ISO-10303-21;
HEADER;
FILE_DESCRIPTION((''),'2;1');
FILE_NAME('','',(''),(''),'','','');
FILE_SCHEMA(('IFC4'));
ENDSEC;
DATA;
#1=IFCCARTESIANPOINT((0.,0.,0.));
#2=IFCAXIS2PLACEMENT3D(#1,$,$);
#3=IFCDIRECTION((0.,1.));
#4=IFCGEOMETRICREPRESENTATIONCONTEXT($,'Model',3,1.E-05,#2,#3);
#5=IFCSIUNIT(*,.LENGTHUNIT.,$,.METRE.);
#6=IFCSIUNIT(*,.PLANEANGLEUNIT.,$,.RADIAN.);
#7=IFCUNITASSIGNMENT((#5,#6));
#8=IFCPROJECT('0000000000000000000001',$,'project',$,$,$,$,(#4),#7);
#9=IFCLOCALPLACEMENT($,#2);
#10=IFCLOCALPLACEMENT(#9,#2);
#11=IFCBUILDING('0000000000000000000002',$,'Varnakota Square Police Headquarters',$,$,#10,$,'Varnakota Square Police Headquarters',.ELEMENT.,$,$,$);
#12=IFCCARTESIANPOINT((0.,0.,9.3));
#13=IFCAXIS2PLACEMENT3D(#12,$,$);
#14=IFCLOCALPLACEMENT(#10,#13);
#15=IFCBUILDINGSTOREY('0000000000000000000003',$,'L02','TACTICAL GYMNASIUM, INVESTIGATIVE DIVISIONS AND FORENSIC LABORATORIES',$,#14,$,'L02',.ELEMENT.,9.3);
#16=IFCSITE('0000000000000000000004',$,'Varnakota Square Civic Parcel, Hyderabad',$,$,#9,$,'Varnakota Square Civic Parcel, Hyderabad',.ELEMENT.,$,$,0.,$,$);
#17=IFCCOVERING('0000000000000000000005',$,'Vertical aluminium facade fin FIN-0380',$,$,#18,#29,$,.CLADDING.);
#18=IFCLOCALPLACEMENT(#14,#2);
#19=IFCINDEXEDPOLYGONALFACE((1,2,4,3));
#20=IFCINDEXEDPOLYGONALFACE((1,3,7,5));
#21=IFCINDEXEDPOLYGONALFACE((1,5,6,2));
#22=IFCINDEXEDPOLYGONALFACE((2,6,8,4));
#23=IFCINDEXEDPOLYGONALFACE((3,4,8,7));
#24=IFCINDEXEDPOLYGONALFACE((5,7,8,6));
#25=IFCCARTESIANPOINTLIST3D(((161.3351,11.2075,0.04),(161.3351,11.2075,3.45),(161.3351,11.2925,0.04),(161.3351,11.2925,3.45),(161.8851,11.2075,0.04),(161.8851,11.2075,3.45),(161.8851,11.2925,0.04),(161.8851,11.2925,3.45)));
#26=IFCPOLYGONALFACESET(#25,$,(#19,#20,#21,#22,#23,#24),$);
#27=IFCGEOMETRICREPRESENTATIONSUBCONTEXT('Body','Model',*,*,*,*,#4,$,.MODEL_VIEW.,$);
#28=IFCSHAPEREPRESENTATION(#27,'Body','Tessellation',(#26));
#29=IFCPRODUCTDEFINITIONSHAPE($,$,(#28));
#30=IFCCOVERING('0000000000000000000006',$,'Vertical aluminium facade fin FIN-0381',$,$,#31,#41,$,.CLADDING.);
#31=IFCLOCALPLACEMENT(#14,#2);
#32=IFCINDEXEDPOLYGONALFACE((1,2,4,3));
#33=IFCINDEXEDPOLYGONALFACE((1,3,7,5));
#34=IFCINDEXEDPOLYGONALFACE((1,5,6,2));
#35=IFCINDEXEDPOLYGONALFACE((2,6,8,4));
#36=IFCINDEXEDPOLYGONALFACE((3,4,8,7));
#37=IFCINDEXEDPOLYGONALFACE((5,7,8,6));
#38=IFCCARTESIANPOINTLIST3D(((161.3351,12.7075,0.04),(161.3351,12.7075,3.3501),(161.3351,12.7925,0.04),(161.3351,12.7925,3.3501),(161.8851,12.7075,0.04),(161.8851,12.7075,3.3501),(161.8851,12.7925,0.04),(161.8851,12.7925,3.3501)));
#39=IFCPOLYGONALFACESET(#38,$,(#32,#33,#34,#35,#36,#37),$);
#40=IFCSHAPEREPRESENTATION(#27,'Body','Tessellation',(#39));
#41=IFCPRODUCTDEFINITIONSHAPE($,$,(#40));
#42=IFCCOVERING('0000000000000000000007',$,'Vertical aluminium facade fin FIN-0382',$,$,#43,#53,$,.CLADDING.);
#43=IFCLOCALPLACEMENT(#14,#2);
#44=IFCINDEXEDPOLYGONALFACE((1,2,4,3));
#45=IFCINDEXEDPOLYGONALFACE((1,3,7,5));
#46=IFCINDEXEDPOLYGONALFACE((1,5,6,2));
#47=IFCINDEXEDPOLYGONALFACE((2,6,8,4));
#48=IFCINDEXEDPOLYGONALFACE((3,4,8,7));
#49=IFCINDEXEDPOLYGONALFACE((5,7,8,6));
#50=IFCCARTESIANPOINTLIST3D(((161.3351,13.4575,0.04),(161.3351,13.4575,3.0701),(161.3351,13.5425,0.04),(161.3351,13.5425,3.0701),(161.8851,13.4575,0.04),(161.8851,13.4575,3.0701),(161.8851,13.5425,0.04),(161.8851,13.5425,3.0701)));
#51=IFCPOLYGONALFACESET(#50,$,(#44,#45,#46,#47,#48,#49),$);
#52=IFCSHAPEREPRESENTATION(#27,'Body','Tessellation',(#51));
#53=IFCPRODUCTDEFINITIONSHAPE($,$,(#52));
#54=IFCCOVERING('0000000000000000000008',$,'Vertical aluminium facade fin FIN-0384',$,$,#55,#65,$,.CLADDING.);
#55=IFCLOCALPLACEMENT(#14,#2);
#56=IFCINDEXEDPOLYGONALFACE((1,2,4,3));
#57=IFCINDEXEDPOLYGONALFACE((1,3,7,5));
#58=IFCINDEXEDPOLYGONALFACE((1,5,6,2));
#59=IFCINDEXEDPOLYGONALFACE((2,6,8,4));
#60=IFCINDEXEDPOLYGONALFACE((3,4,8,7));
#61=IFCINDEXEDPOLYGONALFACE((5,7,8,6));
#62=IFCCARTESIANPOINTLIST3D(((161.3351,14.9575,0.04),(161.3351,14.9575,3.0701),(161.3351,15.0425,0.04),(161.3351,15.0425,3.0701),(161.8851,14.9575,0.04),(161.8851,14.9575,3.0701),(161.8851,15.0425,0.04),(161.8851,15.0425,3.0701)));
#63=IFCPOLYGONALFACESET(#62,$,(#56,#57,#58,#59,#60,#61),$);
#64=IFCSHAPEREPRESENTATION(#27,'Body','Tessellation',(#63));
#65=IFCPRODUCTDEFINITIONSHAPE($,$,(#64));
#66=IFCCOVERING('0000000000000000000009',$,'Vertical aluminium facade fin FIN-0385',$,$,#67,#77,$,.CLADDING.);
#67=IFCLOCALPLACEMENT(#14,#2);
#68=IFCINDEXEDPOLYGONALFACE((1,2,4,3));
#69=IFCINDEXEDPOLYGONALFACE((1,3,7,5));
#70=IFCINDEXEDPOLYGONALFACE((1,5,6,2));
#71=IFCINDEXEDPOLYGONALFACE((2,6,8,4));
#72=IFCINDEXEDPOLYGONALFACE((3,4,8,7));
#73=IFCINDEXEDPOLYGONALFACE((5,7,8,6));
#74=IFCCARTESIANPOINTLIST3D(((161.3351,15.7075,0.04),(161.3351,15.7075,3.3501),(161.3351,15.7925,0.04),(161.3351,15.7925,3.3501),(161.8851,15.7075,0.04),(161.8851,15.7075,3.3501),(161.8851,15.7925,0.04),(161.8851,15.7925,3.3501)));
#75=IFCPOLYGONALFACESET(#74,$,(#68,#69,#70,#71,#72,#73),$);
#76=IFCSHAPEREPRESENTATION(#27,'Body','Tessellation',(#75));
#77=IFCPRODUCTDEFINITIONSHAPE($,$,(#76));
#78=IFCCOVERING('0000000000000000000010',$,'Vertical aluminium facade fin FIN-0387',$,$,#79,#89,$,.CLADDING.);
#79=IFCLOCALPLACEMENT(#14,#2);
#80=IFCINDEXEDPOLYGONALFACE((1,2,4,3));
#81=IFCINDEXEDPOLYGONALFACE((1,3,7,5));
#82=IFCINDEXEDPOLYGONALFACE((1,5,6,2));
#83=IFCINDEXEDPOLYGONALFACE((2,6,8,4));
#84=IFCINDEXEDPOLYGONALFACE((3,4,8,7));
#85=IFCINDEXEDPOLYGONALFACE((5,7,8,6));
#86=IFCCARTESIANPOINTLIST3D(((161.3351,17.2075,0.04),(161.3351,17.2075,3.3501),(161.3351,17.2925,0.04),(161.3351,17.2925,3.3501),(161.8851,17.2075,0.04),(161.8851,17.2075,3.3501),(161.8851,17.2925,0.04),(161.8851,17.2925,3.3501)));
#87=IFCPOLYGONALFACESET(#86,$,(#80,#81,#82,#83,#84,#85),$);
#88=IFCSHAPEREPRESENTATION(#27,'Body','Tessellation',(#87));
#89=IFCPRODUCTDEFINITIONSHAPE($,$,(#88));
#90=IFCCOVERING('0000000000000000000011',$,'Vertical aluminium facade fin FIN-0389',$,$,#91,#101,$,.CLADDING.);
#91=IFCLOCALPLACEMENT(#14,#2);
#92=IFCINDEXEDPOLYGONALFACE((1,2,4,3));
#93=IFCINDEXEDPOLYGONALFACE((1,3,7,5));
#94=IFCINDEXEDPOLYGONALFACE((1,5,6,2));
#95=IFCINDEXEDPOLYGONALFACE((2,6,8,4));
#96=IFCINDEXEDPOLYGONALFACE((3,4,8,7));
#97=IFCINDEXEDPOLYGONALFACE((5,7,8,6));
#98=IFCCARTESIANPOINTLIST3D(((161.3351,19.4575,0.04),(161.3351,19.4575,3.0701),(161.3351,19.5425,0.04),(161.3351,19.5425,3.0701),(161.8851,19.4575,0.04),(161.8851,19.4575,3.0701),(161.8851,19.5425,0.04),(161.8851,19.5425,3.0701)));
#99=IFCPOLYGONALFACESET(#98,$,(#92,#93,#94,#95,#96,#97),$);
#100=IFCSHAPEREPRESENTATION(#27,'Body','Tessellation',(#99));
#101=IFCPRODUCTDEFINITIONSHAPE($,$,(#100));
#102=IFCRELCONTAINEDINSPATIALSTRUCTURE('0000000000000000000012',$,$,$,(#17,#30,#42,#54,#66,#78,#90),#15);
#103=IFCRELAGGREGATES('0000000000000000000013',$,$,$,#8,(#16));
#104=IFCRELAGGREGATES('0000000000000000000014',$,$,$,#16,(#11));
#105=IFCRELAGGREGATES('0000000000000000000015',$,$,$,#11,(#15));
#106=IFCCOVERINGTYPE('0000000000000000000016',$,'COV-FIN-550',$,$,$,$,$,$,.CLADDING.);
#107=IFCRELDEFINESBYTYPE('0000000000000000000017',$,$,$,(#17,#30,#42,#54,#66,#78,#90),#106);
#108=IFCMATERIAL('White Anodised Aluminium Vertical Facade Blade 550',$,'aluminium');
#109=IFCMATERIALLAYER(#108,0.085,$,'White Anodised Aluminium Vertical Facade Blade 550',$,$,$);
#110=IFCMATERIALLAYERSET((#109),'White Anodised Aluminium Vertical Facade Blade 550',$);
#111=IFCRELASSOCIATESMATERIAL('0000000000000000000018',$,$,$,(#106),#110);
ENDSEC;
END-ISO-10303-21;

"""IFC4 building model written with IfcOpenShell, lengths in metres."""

from ifc_helpers import new_model, si_unit, direction, frame, origin, origin_2d, place, context, subcontext, project, spatial, rectangle, extrude, material, layer, layer_set, type_object, element, save


model = new_model("IFC4")

# Units and contexts
model_context = context("Model", 3, precision=1e-05, world=origin(), true_north=direction((0.0, 1.0)))
body_context = subcontext(model_context, "Body", "Model", "MODEL_VIEW")
ifc_project = project(units=[si_unit("LENGTHUNIT", "METRE"), si_unit("PLANEANGLEUNIT", "RADIAN")], contexts=[model_context])

# Site, building, storey
site_placement = place(None, origin())
site = spatial("IfcSite", under=ifc_project, at=site_placement, Name="Varnakota Square Civic Parcel, Hyderabad", LongName="Varnakota Square Civic Parcel, Hyderabad", CompositionType="ELEMENT", RefElevation=0.0)
building_placement = place(site_placement, origin())
building = spatial("IfcBuilding", under=site, at=building_placement, Name="Varnakota Square Police Headquarters", LongName="Varnakota Square Police Headquarters", CompositionType="ELEMENT")
storey_placement = place(building_placement, frame((0.0, 0.0, 9.3)))
storey = spatial("IfcBuildingStorey", under=building, at=storey_placement, Name="L02", Description="TACTICAL GYMNASIUM, INVESTIGATIVE DIVISIONS AND FORENSIC LABORATORIES", LongName="L02", CompositionType="ELEMENT", Elevation=9.3)

# Coverings
ifc_material_1 = material(Name="White Anodised Aluminium Vertical Facade Blade 550", Category="aluminium")
ifc_layer_1 = layer(ifc_material_1, 0.085, Name="White Anodised Aluminium Vertical Facade Blade 550")
ifc_layer_set_1 = layer_set([ifc_layer_1], Name="White Anodised Aluminium Vertical Facade Blade 550")
covering_type_1 = type_object("IfcCoveringType", Name="COV-FIN-550", PredefinedType="CLADDING", material=ifc_layer_set_1)
covering_1_placement = place(storey_placement, frame((161.6101, 11.25, 0.04), z_axis=(0.0, 0.0, 1.0), x_axis=(0.0, 1.0, 0.0)))
element("IfcCovering", 1, at=covering_1_placement, inside=storey, type_object=covering_type_1, Name="Vertical aluminium facade fin FIN-0380", PredefinedType="CLADDING", context=body_context, shape_type="SweptSolid", body=[
    extrude(rectangle(XDim=0.085, YDim=0.55, at=origin_2d()), origin(), (0.0, 0.0, 1.0), 3.4099),
])
covering_2_placement = place(storey_placement, frame((161.6101, 12.75, 0.04), z_axis=(0.0, 0.0, 1.0), x_axis=(0.0, 1.0, 0.0)))
element("IfcCovering", 2, at=covering_2_placement, inside=storey, type_object=covering_type_1, Name="Vertical aluminium facade fin FIN-0381", PredefinedType="CLADDING", context=body_context, shape_type="SweptSolid", body=[
    extrude(rectangle(XDim=0.085, YDim=0.55, at=origin_2d()), origin(), (0.0, 0.0, 1.0), 3.3101),
])
for number, where, z_axis, x_axis, name in (
    (3, (161.6101, 13.5, 0.04), (0.0, 0.0, 1.0), (0.0, 1.0, 0.0), "Vertical aluminium facade fin FIN-0382"),
    (4, (161.6101, 15.0, 0.04), (0.0, 0.0, 1.0), (0.0, 1.0, 0.0), "Vertical aluminium facade fin FIN-0384"),
):
    element("IfcCovering", number, at=place(storey_placement, frame(where, z_axis=z_axis, x_axis=x_axis)), inside=storey, type_object=covering_type_1, Name=name, PredefinedType="CLADDING", context=body_context, shape_type="SweptSolid", body=[
        extrude(rectangle(XDim=0.085, YDim=0.55, at=origin_2d()), origin(), (0.0, 0.0, 1.0), 3.03),
    ])
for number, where, z_axis, x_axis, name in (
    (5, (161.6101, 15.75, 0.04), (0.0, 0.0, 1.0), (0.0, 1.0, 0.0), "Vertical aluminium facade fin FIN-0385"),
    (6, (161.6101, 17.25, 0.04), (0.0, 0.0, 1.0), (0.0, 1.0, 0.0), "Vertical aluminium facade fin FIN-0387"),
):
    element("IfcCovering", number, at=place(storey_placement, frame(where, z_axis=z_axis, x_axis=x_axis)), inside=storey, type_object=covering_type_1, Name=name, PredefinedType="CLADDING", context=body_context, shape_type="SweptSolid", body=[
        extrude(rectangle(XDim=0.085, YDim=0.55, at=origin_2d()), origin(), (0.0, 0.0, 1.0), 3.3101),
    ])
covering_3_placement = place(storey_placement, frame((161.6101, 19.5, 0.04), z_axis=(0.0, 0.0, 1.0), x_axis=(0.0, 1.0, 0.0)))
element("IfcCovering", 7, at=covering_3_placement, inside=storey, type_object=covering_type_1, Name="Vertical aluminium facade fin FIN-0389", PredefinedType="CLADDING", context=body_context, shape_type="SweptSolid", body=[
    extrude(rectangle(XDim=0.085, YDim=0.55, at=origin_2d()), origin(), (0.0, 0.0, 1.0), 3.03),
])

save(model, "model.ifc")
